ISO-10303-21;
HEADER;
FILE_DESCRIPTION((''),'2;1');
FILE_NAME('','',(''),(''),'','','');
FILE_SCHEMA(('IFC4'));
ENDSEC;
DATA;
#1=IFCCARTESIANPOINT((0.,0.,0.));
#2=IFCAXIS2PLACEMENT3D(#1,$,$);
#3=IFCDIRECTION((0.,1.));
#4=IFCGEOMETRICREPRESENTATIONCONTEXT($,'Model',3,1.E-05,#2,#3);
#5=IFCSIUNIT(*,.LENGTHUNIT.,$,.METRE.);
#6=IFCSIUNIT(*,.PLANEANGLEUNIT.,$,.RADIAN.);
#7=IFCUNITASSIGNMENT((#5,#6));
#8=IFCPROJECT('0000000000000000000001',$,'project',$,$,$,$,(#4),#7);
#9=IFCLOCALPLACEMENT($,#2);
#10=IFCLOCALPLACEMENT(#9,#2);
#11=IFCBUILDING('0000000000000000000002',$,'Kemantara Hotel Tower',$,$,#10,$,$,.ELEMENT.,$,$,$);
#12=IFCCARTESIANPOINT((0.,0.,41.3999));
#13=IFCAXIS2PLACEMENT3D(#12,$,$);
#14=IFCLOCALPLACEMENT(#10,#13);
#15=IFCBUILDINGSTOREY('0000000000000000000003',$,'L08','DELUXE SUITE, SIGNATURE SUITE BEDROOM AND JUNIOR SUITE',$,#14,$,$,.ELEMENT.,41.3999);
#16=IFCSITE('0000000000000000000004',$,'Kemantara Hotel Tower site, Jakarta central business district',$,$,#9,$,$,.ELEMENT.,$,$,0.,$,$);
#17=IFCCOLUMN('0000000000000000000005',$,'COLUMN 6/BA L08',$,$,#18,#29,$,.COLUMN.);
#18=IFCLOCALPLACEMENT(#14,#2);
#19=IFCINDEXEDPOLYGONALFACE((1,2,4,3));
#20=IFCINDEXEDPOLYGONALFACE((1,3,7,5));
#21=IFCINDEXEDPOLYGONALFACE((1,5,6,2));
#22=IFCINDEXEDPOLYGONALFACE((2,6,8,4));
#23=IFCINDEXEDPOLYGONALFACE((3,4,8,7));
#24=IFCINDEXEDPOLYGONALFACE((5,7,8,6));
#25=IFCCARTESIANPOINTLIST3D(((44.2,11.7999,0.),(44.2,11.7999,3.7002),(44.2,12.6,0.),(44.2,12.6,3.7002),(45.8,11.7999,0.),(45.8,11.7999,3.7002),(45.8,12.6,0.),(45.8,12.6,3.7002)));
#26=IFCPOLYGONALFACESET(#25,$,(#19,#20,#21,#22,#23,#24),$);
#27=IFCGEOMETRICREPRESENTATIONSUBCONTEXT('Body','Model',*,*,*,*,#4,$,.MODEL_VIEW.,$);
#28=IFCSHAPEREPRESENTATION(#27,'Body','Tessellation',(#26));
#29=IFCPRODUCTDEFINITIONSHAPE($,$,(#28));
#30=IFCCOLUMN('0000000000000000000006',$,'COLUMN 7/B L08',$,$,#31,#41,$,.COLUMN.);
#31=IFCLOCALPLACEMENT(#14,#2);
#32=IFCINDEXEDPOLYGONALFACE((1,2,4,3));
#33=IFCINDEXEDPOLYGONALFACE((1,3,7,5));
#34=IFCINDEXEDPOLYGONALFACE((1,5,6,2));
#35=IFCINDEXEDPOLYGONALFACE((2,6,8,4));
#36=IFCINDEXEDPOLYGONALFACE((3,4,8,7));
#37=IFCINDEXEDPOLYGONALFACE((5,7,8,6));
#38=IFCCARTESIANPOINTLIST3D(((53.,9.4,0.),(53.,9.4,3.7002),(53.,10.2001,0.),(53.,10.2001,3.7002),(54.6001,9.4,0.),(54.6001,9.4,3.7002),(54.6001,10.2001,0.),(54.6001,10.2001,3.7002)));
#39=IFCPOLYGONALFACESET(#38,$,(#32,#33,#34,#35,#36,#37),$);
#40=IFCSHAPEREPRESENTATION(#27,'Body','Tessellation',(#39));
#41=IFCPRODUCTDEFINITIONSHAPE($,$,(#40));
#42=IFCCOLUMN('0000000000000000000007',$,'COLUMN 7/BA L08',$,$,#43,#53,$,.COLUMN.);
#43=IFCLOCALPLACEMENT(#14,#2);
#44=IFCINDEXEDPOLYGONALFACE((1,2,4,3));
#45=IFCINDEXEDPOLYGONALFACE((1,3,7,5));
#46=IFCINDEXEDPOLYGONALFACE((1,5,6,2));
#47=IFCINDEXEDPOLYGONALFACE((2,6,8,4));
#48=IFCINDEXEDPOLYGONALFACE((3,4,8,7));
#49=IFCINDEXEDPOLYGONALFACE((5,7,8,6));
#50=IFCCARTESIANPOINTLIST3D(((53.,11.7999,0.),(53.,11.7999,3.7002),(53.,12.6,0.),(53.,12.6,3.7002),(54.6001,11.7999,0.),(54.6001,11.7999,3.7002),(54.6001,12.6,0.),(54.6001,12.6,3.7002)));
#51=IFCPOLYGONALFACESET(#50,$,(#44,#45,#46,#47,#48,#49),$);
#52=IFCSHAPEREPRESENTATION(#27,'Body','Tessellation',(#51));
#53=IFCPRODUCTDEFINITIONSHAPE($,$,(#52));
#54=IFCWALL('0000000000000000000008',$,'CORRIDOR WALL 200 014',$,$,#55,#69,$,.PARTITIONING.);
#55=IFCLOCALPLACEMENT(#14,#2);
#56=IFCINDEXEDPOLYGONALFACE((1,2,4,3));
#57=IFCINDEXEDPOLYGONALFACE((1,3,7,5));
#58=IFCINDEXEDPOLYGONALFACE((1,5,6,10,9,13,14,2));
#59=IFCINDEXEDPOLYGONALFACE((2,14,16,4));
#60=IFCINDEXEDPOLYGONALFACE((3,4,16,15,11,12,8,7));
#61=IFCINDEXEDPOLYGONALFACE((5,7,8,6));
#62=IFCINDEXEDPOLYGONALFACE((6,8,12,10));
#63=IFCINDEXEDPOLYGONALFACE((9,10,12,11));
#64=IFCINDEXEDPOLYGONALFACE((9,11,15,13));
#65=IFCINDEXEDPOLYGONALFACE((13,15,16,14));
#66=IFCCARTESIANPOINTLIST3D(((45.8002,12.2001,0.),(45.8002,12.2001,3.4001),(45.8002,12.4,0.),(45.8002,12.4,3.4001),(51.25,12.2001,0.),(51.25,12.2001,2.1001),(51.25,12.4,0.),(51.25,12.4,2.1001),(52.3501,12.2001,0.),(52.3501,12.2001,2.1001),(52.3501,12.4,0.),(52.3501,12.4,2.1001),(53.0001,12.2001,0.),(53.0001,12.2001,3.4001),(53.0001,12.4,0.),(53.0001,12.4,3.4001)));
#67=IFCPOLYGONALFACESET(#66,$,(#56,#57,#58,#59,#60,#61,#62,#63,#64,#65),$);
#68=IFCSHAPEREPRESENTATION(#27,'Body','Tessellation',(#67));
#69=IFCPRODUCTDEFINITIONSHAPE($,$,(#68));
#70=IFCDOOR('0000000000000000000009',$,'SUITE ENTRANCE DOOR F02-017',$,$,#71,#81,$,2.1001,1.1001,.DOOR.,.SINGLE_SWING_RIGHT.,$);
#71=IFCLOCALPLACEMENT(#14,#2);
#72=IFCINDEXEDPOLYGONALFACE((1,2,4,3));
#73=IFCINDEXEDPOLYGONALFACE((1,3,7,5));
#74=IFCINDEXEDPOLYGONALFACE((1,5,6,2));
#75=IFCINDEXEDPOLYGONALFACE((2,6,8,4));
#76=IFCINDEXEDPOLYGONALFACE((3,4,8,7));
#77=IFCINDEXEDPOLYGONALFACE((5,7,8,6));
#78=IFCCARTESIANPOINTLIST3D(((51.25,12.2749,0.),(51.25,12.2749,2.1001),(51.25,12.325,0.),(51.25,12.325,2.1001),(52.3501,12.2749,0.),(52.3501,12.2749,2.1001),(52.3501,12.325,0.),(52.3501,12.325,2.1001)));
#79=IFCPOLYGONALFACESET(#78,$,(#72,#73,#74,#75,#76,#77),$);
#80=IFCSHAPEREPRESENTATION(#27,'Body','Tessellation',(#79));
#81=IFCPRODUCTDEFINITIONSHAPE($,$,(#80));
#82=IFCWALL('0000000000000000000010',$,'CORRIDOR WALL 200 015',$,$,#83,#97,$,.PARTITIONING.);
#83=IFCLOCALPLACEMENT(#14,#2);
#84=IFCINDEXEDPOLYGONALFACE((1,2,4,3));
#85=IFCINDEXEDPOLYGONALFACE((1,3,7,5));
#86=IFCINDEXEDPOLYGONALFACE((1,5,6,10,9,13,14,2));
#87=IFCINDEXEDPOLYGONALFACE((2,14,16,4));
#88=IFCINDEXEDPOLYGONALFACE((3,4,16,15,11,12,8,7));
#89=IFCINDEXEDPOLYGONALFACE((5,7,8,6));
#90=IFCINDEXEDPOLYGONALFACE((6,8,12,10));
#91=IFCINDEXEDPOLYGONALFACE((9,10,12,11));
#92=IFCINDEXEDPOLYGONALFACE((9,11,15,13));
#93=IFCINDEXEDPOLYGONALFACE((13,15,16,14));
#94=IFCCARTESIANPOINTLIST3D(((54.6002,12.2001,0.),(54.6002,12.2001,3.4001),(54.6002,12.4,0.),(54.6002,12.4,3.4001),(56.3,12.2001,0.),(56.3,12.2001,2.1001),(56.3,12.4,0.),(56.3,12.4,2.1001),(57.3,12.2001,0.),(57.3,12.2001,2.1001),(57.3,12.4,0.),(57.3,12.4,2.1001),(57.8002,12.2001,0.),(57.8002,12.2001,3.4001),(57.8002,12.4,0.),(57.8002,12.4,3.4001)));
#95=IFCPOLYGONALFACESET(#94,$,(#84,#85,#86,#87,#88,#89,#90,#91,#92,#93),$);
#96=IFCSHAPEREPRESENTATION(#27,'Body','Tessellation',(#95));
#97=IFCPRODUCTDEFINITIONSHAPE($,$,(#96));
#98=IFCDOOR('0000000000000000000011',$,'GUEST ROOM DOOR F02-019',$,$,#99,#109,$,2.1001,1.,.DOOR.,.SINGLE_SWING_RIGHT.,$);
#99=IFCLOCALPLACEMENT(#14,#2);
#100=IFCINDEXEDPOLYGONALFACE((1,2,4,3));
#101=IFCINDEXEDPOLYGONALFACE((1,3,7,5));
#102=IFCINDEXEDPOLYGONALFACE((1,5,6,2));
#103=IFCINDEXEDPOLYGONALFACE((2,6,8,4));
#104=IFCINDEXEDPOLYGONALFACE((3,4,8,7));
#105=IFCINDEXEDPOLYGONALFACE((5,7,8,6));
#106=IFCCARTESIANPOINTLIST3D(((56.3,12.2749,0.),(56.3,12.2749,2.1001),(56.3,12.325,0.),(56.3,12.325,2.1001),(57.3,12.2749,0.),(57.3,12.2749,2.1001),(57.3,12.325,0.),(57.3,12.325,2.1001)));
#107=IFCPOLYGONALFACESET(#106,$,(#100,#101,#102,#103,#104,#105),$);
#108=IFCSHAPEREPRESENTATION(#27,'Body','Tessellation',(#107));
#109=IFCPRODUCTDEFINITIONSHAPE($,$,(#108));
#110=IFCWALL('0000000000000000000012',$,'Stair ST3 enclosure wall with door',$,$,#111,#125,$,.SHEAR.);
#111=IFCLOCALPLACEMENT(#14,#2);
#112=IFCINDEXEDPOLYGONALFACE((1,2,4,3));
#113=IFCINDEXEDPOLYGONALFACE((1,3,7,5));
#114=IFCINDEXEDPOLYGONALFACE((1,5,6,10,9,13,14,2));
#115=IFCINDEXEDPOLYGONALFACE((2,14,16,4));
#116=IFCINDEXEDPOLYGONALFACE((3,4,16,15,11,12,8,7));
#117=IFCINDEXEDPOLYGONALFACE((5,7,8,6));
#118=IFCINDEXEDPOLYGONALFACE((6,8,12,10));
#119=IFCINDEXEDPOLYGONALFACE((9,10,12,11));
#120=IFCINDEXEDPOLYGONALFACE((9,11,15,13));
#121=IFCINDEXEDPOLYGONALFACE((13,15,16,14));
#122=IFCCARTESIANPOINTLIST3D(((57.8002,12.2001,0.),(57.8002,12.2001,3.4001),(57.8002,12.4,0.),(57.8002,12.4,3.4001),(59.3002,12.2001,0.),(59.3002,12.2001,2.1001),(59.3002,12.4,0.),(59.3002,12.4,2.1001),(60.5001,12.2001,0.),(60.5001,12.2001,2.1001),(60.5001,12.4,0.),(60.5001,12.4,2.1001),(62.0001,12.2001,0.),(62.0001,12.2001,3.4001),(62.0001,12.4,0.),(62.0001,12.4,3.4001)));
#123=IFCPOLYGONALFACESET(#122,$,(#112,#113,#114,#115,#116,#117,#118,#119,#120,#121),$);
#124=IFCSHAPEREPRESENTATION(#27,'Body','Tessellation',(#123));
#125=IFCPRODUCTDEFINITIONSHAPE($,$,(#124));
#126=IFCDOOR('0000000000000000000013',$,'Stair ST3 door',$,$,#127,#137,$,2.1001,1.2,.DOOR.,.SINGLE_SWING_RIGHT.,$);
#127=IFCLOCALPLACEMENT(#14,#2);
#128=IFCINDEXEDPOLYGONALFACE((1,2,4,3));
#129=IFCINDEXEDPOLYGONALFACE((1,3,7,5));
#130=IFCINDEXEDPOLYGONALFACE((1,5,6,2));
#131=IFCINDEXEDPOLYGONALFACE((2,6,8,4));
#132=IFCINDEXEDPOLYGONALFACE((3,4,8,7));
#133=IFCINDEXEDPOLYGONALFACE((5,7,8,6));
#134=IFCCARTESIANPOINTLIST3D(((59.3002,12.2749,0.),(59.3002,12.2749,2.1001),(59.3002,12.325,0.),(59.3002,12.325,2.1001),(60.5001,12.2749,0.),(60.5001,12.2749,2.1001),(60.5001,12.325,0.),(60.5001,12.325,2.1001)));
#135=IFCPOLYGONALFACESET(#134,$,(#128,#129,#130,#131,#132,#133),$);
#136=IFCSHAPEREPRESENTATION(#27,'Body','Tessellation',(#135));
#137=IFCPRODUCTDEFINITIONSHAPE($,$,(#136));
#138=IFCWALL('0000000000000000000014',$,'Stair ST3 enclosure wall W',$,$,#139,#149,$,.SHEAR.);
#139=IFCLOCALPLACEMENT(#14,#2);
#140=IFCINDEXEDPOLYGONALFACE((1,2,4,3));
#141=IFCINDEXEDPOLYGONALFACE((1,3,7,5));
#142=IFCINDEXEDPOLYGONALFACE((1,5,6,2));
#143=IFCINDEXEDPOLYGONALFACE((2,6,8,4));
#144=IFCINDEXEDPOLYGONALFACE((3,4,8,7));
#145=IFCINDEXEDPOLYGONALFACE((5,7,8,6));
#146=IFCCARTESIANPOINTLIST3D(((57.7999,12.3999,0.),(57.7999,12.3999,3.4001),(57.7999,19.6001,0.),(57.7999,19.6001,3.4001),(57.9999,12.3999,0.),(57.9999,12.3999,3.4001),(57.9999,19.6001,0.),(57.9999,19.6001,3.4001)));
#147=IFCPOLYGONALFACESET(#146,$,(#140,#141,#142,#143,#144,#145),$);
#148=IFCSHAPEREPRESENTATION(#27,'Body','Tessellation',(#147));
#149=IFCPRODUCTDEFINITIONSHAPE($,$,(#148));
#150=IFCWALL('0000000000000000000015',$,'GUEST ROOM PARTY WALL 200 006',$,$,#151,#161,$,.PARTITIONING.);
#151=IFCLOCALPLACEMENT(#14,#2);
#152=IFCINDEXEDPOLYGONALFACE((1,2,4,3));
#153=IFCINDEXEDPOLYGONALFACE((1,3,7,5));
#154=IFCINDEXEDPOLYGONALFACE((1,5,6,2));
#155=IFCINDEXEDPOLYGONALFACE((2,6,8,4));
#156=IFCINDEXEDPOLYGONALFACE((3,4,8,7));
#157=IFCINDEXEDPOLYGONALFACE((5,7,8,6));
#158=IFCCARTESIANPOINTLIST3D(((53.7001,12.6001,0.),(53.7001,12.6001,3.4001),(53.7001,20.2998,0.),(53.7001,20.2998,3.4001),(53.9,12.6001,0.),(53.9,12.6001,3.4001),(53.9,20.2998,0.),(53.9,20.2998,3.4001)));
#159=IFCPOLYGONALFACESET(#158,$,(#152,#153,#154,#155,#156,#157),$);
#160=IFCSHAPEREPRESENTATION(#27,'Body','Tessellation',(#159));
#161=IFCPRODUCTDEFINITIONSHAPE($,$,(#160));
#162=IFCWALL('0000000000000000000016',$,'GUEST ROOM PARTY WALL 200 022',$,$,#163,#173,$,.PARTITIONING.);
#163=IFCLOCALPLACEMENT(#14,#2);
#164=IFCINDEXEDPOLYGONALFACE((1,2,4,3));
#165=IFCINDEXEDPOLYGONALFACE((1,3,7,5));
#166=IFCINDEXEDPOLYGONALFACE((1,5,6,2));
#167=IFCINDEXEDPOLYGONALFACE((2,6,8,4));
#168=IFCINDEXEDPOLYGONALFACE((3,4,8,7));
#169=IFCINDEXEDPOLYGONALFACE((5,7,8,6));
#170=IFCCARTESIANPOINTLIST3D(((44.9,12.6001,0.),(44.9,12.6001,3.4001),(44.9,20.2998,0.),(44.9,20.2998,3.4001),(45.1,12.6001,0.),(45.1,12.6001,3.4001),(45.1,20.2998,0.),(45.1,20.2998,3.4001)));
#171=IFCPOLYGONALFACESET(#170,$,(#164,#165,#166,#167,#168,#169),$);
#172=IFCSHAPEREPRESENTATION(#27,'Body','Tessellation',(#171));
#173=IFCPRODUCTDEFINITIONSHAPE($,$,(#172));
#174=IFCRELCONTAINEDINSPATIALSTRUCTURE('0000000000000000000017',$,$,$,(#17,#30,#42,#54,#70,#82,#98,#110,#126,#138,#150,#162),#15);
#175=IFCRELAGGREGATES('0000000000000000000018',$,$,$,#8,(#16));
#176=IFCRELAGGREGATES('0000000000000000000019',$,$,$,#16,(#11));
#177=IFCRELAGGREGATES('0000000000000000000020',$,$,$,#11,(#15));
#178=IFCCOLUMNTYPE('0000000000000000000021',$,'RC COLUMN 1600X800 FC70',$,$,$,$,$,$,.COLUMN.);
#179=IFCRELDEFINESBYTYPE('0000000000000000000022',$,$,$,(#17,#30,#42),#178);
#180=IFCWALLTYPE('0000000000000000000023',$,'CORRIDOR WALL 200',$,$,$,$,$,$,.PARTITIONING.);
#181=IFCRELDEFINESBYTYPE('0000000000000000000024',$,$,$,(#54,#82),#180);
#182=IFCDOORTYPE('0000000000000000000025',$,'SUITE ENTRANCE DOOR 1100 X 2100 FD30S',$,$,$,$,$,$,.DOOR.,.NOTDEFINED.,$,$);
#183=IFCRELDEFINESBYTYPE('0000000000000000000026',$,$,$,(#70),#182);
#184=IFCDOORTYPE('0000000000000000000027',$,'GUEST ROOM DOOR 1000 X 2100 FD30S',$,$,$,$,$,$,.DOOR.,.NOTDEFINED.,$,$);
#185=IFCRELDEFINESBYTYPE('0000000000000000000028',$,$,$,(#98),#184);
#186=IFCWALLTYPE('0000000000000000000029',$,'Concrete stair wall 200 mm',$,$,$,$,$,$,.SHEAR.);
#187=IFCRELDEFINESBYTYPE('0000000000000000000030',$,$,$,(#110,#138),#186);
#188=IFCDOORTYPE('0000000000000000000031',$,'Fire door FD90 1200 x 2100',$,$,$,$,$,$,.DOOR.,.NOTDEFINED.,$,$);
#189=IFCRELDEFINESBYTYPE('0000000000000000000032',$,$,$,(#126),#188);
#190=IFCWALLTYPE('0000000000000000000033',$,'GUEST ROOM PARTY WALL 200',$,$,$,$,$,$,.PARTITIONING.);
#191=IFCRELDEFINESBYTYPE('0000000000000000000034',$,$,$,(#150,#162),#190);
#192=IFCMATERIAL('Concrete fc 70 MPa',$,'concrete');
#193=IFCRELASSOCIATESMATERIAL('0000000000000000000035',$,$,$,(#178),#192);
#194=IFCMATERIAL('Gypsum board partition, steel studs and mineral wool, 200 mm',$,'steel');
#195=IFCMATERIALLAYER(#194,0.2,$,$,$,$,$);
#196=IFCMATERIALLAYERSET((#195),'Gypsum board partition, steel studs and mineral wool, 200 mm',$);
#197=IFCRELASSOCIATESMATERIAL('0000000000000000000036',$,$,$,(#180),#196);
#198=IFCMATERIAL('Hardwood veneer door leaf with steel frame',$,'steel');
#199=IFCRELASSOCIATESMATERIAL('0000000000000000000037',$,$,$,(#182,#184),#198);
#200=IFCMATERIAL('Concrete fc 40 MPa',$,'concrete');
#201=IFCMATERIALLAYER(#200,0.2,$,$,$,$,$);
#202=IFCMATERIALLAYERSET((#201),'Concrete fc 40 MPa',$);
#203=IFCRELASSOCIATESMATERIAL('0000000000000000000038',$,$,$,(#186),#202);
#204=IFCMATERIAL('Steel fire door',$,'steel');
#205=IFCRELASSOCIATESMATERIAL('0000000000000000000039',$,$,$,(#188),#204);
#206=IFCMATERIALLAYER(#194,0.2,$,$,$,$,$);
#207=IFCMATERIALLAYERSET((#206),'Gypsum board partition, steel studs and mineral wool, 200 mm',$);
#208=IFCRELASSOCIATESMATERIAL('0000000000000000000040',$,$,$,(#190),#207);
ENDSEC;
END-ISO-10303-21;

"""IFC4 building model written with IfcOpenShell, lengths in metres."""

from ifc_helpers import new_model, si_unit, direction, frame, frame_2d, origin, origin_2d, place, context, subcontext, project, spatial, rectangle, extrude, material, layer, layer_set, material_profile, profile_set, type_object, element, fill, save


model = new_model("IFC4")

# Units and contexts
model_context = context("Model", 3, precision=1e-05, world=origin(), true_north=direction((0.0, 1.0)))
body_context = subcontext(model_context, "Body", "Model", "MODEL_VIEW")
ifc_project = project(units=[si_unit("LENGTHUNIT", "METRE"), si_unit("PLANEANGLEUNIT", "RADIAN")], contexts=[model_context])

# Site, building, storey
site_placement = place(None, origin())
site = spatial("IfcSite", under=ifc_project, at=site_placement, Name="Kemantara Hotel Tower site, Jakarta central business district", CompositionType="ELEMENT", RefElevation=0.0)
building_placement = place(site_placement, origin())
building = spatial("IfcBuilding", under=site, at=building_placement, Name="Kemantara Hotel Tower", CompositionType="ELEMENT")
storey_placement = place(building_placement, frame((0.0, 0.0, 41.3999)))
storey = spatial("IfcBuildingStorey", under=building, at=storey_placement, Name="L08", Description="DELUXE SUITE, SIGNATURE SUITE BEDROOM AND JUNIOR SUITE", CompositionType="ELEMENT", Elevation=41.3999)

# Columns
ifc_material_1 = material(Name="Concrete fc 70 MPa", Category="concrete")
ifc_material_profile = material_profile(ifc_material_1, rectangle(XDim=1.6001, YDim=0.8, at=origin_2d()), Name="RC 1600X800")
ifc_profile_set = profile_set([ifc_material_profile], Name="Concrete fc 70 MPa")
column_type = type_object("IfcColumnType", Name="RC COLUMN 1600X800 FC70", PredefinedType="COLUMN", material=ifc_profile_set)
for number, where, z_axis, x_axis, name in (
    (1, (45.0, 12.2, 0.0), (0.0, 0.0, 1.0), (1.0, 0.0, 0.0), "COLUMN 6/BA L08"),
    (2, (53.8, 9.8, 0.0), (0.0, 0.0, 1.0), (1.0, 0.0, 0.0), "COLUMN 7/B L08"),
    (3, (53.8, 12.2, 0.0), (0.0, 0.0, 1.0), (1.0, 0.0, 0.0), "COLUMN 7/BA L08"),
):
    element("IfcColumn", number, at=place(storey_placement, frame(where, z_axis=z_axis, x_axis=x_axis)), inside=storey, type_object=column_type, Name=name, PredefinedType="COLUMN", context=body_context, shape_type="SweptSolid", body=[
        extrude(rectangle(XDim=1.6001, YDim=0.8, at=origin_2d()), origin(), (0.0, 0.0, 1.0), 3.7002),
    ])

# Walls, openings, doors
ifc_material_2 = material(Name="Gypsum board partition, steel studs and mineral wool, 200 mm", Category="steel")
ifc_layer_1 = layer(ifc_material_2, 0.2)
ifc_layer_set_1 = layer_set([ifc_layer_1], Name="Gypsum board partition, steel studs and mineral wool, 200 mm")
wall_type_1 = type_object("IfcWallType", Name="CORRIDOR WALL 200", PredefinedType="PARTITIONING", material=ifc_layer_set_1)
wall_1_placement = place(storey_placement, frame((45.8, 12.3, 0.0), z_axis=(0.0, 0.0, 1.0), x_axis=(1.0, 0.0, 0.0)))
wall_1 = element("IfcWall", 4, at=wall_1_placement, inside=storey, type_object=wall_type_1, Name="CORRIDOR WALL 200 014", PredefinedType="PARTITIONING", context=body_context, shape_type="SweptSolid", body=[
    extrude(rectangle(XDim=7.2, YDim=0.2, at=frame_2d((3.6001, 0.0))), origin(), (0.0, 0.0, 1.0), 3.4001),
])
opening_1_placement = place(wall_1_placement, frame((5.45, 0.0, 0.0)))
opening_1 = element("IfcOpeningElement", 5, at=opening_1_placement, cuts=wall_1, PredefinedType="OPENING", context=body_context, shape_type="SweptSolid", body=[
    extrude(rectangle(XDim=1.1001, YDim=2.1001, at=frame_2d((0.55, 1.05))), frame((0.0, 0.1099, 0.0), z_axis=(0.0, -1.0, 0.0), x_axis=(1.0, 0.0, 0.0)), (0.0, 0.0, 1.0), 0.22),
])
ifc_material_3 = material(Name="Hardwood veneer door leaf with steel frame", Category="steel")
door_type_1 = type_object("IfcDoorType", Name="SUITE ENTRANCE DOOR 1100 X 2100 FD30S", OperationType="NOTDEFINED", PredefinedType="DOOR", material=ifc_material_3)
door_1_placement = place(opening_1_placement, origin())
door_1 = element("IfcDoor", 6, at=door_1_placement, inside=storey, type_object=door_type_1, Name="SUITE ENTRANCE DOOR F02-017", OperationType="SINGLE_SWING_RIGHT", OverallHeight=2.1001, OverallWidth=1.1001, PredefinedType="DOOR", context=body_context, shape_type="SweptSolid", body=[
    extrude(rectangle(XDim=1.1001, YDim=2.1001, at=frame_2d((0.55, 1.05))), frame((0.0, 0.0249, 0.0), z_axis=(0.0, -1.0, 0.0), x_axis=(1.0, 0.0, 0.0)), (0.0, 0.0, 1.0), 0.05),
])
fill(opening_1, door_1)
wall_2_placement = place(storey_placement, frame((54.6001, 12.3, 0.0), z_axis=(0.0, 0.0, 1.0), x_axis=(1.0, 0.0, 0.0)))
wall_2 = element("IfcWall", 7, at=wall_2_placement, inside=storey, type_object=wall_type_1, Name="CORRIDOR WALL 200 015", PredefinedType="PARTITIONING", context=body_context, shape_type="SweptSolid", body=[
    extrude(rectangle(XDim=3.2, YDim=0.2, at=frame_2d((1.6001, 0.0))), origin(), (0.0, 0.0, 1.0), 3.4001),
])
opening_2_placement = place(wall_2_placement, frame((1.7, 0.0, 0.0)))
opening_2 = element("IfcOpeningElement", 8, at=opening_2_placement, cuts=wall_2, PredefinedType="OPENING", context=body_context, shape_type="SweptSolid", body=[
    extrude(rectangle(XDim=1.0, YDim=2.1001, at=frame_2d((0.5, 1.05))), frame((0.0, 0.1099, 0.0), z_axis=(0.0, -1.0, 0.0), x_axis=(1.0, 0.0, 0.0)), (0.0, 0.0, 1.0), 0.22),
])
door_type_2 = type_object("IfcDoorType", Name="GUEST ROOM DOOR 1000 X 2100 FD30S", OperationType="NOTDEFINED", PredefinedType="DOOR", material=ifc_material_3)
door_2_placement = place(opening_2_placement, origin())
door_2 = element("IfcDoor", 9, at=door_2_placement, inside=storey, type_object=door_type_2, Name="GUEST ROOM DOOR F02-019", OperationType="SINGLE_SWING_RIGHT", OverallHeight=2.1001, OverallWidth=1.0, PredefinedType="DOOR", context=body_context, shape_type="SweptSolid", body=[
    extrude(rectangle(XDim=1.0, YDim=2.1001, at=frame_2d((0.5, 1.05))), frame((0.0, 0.0249, 0.0), z_axis=(0.0, -1.0, 0.0), x_axis=(1.0, 0.0, 0.0)), (0.0, 0.0, 1.0), 0.05),
])
fill(opening_2, door_2)
ifc_material_4 = material(Name="Concrete fc 40 MPa", Category="concrete")
ifc_layer_2 = layer(ifc_material_4, 0.2)
ifc_layer_set_2 = layer_set([ifc_layer_2], Name="Concrete fc 40 MPa")
wall_type_2 = type_object("IfcWallType", Name="Concrete stair wall 200 mm", PredefinedType="SHEAR", material=ifc_layer_set_2)
wall_3_placement = place(storey_placement, frame((57.8, 12.3, 0.0), z_axis=(0.0, 0.0, 1.0), x_axis=(1.0, 0.0, 0.0)))
wall_3 = element("IfcWall", 10, at=wall_3_placement, inside=storey, type_object=wall_type_2, Name="Stair ST3 enclosure wall with door", PredefinedType="SHEAR", context=body_context, shape_type="SweptSolid", body=[
    extrude(rectangle(XDim=4.2, YDim=0.2, at=frame_2d((2.1001, 0.0))), origin(), (0.0, 0.0, 1.0), 3.4001),
])
opening_3_placement = place(wall_3_placement, frame((1.5, 0.0, 0.0)))
opening_3 = element("IfcOpeningElement", 11, at=opening_3_placement, cuts=wall_3, PredefinedType="OPENING", context=body_context, shape_type="SweptSolid", body=[
    extrude(rectangle(XDim=1.2, YDim=2.1001, at=frame_2d((0.6001, 1.05))), frame((0.0, 0.1099, 0.0), z_axis=(0.0, -1.0, 0.0), x_axis=(1.0, 0.0, 0.0)), (0.0, 0.0, 1.0), 0.22),
])
ifc_material_5 = material(Name="Steel fire door", Category="steel")
door_type_3 = type_object("IfcDoorType", Name="Fire door FD90 1200 x 2100", OperationType="NOTDEFINED", PredefinedType="DOOR", material=ifc_material_5)
door_3_placement = place(opening_3_placement, origin())
door_3 = element("IfcDoor", 12, at=door_3_placement, inside=storey, type_object=door_type_3, Name="Stair ST3 door", OperationType="SINGLE_SWING_RIGHT", OverallHeight=2.1001, OverallWidth=1.2, PredefinedType="DOOR", context=body_context, shape_type="SweptSolid", body=[
    extrude(rectangle(XDim=1.2, YDim=2.1001, at=frame_2d((0.6001, 1.05))), frame((0.0, 0.0249, 0.0), z_axis=(0.0, -1.0, 0.0), x_axis=(1.0, 0.0, 0.0)), (0.0, 0.0, 1.0), 0.05),
])
fill(opening_3, door_3)

# Walls
wall_4_placement = place(storey_placement, frame((57.8999, 12.3999, 0.0), z_axis=(0.0, 0.0, 1.0), x_axis=(0.0, 1.0, 0.0)))
element("IfcWall", 13, at=wall_4_placement, inside=storey, type_object=wall_type_2, Name="Stair ST3 enclosure wall W", PredefinedType="SHEAR", context=body_context, shape_type="SweptSolid", body=[
    extrude(rectangle(XDim=7.2002, YDim=0.2, at=frame_2d((3.6001, 0.0))), origin(), (0.0, 0.0, 1.0), 3.4001),
])
ifc_layer_3 = layer(ifc_material_2, 0.2)
ifc_layer_set_3 = layer_set([ifc_layer_3], Name="Gypsum board partition, steel studs and mineral wool, 200 mm")
wall_type_3 = type_object("IfcWallType", Name="GUEST ROOM PARTY WALL 200", PredefinedType="PARTITIONING", material=ifc_layer_set_3)
for number, where, z_axis, x_axis, name in (
    (14, (53.8, 12.6001, 0.0), (0.0, 0.0, 1.0), (0.0, 1.0, 0.0), "GUEST ROOM PARTY WALL 200 006"),
    (15, (45.0, 12.6001, 0.0), (0.0, 0.0, 1.0), (0.0, 1.0, 0.0), "GUEST ROOM PARTY WALL 200 022"),
):
    element("IfcWall", number, at=place(storey_placement, frame(where, z_axis=z_axis, x_axis=x_axis)), inside=storey, type_object=wall_type_3, Name=name, PredefinedType="PARTITIONING", context=body_context, shape_type="SweptSolid", body=[
        extrude(rectangle(XDim=7.6997, YDim=0.2, at=frame_2d((3.8499, 0.0))), origin(), (0.0, 0.0, 1.0), 3.4001),
    ])

save(model, "model.ifc")
